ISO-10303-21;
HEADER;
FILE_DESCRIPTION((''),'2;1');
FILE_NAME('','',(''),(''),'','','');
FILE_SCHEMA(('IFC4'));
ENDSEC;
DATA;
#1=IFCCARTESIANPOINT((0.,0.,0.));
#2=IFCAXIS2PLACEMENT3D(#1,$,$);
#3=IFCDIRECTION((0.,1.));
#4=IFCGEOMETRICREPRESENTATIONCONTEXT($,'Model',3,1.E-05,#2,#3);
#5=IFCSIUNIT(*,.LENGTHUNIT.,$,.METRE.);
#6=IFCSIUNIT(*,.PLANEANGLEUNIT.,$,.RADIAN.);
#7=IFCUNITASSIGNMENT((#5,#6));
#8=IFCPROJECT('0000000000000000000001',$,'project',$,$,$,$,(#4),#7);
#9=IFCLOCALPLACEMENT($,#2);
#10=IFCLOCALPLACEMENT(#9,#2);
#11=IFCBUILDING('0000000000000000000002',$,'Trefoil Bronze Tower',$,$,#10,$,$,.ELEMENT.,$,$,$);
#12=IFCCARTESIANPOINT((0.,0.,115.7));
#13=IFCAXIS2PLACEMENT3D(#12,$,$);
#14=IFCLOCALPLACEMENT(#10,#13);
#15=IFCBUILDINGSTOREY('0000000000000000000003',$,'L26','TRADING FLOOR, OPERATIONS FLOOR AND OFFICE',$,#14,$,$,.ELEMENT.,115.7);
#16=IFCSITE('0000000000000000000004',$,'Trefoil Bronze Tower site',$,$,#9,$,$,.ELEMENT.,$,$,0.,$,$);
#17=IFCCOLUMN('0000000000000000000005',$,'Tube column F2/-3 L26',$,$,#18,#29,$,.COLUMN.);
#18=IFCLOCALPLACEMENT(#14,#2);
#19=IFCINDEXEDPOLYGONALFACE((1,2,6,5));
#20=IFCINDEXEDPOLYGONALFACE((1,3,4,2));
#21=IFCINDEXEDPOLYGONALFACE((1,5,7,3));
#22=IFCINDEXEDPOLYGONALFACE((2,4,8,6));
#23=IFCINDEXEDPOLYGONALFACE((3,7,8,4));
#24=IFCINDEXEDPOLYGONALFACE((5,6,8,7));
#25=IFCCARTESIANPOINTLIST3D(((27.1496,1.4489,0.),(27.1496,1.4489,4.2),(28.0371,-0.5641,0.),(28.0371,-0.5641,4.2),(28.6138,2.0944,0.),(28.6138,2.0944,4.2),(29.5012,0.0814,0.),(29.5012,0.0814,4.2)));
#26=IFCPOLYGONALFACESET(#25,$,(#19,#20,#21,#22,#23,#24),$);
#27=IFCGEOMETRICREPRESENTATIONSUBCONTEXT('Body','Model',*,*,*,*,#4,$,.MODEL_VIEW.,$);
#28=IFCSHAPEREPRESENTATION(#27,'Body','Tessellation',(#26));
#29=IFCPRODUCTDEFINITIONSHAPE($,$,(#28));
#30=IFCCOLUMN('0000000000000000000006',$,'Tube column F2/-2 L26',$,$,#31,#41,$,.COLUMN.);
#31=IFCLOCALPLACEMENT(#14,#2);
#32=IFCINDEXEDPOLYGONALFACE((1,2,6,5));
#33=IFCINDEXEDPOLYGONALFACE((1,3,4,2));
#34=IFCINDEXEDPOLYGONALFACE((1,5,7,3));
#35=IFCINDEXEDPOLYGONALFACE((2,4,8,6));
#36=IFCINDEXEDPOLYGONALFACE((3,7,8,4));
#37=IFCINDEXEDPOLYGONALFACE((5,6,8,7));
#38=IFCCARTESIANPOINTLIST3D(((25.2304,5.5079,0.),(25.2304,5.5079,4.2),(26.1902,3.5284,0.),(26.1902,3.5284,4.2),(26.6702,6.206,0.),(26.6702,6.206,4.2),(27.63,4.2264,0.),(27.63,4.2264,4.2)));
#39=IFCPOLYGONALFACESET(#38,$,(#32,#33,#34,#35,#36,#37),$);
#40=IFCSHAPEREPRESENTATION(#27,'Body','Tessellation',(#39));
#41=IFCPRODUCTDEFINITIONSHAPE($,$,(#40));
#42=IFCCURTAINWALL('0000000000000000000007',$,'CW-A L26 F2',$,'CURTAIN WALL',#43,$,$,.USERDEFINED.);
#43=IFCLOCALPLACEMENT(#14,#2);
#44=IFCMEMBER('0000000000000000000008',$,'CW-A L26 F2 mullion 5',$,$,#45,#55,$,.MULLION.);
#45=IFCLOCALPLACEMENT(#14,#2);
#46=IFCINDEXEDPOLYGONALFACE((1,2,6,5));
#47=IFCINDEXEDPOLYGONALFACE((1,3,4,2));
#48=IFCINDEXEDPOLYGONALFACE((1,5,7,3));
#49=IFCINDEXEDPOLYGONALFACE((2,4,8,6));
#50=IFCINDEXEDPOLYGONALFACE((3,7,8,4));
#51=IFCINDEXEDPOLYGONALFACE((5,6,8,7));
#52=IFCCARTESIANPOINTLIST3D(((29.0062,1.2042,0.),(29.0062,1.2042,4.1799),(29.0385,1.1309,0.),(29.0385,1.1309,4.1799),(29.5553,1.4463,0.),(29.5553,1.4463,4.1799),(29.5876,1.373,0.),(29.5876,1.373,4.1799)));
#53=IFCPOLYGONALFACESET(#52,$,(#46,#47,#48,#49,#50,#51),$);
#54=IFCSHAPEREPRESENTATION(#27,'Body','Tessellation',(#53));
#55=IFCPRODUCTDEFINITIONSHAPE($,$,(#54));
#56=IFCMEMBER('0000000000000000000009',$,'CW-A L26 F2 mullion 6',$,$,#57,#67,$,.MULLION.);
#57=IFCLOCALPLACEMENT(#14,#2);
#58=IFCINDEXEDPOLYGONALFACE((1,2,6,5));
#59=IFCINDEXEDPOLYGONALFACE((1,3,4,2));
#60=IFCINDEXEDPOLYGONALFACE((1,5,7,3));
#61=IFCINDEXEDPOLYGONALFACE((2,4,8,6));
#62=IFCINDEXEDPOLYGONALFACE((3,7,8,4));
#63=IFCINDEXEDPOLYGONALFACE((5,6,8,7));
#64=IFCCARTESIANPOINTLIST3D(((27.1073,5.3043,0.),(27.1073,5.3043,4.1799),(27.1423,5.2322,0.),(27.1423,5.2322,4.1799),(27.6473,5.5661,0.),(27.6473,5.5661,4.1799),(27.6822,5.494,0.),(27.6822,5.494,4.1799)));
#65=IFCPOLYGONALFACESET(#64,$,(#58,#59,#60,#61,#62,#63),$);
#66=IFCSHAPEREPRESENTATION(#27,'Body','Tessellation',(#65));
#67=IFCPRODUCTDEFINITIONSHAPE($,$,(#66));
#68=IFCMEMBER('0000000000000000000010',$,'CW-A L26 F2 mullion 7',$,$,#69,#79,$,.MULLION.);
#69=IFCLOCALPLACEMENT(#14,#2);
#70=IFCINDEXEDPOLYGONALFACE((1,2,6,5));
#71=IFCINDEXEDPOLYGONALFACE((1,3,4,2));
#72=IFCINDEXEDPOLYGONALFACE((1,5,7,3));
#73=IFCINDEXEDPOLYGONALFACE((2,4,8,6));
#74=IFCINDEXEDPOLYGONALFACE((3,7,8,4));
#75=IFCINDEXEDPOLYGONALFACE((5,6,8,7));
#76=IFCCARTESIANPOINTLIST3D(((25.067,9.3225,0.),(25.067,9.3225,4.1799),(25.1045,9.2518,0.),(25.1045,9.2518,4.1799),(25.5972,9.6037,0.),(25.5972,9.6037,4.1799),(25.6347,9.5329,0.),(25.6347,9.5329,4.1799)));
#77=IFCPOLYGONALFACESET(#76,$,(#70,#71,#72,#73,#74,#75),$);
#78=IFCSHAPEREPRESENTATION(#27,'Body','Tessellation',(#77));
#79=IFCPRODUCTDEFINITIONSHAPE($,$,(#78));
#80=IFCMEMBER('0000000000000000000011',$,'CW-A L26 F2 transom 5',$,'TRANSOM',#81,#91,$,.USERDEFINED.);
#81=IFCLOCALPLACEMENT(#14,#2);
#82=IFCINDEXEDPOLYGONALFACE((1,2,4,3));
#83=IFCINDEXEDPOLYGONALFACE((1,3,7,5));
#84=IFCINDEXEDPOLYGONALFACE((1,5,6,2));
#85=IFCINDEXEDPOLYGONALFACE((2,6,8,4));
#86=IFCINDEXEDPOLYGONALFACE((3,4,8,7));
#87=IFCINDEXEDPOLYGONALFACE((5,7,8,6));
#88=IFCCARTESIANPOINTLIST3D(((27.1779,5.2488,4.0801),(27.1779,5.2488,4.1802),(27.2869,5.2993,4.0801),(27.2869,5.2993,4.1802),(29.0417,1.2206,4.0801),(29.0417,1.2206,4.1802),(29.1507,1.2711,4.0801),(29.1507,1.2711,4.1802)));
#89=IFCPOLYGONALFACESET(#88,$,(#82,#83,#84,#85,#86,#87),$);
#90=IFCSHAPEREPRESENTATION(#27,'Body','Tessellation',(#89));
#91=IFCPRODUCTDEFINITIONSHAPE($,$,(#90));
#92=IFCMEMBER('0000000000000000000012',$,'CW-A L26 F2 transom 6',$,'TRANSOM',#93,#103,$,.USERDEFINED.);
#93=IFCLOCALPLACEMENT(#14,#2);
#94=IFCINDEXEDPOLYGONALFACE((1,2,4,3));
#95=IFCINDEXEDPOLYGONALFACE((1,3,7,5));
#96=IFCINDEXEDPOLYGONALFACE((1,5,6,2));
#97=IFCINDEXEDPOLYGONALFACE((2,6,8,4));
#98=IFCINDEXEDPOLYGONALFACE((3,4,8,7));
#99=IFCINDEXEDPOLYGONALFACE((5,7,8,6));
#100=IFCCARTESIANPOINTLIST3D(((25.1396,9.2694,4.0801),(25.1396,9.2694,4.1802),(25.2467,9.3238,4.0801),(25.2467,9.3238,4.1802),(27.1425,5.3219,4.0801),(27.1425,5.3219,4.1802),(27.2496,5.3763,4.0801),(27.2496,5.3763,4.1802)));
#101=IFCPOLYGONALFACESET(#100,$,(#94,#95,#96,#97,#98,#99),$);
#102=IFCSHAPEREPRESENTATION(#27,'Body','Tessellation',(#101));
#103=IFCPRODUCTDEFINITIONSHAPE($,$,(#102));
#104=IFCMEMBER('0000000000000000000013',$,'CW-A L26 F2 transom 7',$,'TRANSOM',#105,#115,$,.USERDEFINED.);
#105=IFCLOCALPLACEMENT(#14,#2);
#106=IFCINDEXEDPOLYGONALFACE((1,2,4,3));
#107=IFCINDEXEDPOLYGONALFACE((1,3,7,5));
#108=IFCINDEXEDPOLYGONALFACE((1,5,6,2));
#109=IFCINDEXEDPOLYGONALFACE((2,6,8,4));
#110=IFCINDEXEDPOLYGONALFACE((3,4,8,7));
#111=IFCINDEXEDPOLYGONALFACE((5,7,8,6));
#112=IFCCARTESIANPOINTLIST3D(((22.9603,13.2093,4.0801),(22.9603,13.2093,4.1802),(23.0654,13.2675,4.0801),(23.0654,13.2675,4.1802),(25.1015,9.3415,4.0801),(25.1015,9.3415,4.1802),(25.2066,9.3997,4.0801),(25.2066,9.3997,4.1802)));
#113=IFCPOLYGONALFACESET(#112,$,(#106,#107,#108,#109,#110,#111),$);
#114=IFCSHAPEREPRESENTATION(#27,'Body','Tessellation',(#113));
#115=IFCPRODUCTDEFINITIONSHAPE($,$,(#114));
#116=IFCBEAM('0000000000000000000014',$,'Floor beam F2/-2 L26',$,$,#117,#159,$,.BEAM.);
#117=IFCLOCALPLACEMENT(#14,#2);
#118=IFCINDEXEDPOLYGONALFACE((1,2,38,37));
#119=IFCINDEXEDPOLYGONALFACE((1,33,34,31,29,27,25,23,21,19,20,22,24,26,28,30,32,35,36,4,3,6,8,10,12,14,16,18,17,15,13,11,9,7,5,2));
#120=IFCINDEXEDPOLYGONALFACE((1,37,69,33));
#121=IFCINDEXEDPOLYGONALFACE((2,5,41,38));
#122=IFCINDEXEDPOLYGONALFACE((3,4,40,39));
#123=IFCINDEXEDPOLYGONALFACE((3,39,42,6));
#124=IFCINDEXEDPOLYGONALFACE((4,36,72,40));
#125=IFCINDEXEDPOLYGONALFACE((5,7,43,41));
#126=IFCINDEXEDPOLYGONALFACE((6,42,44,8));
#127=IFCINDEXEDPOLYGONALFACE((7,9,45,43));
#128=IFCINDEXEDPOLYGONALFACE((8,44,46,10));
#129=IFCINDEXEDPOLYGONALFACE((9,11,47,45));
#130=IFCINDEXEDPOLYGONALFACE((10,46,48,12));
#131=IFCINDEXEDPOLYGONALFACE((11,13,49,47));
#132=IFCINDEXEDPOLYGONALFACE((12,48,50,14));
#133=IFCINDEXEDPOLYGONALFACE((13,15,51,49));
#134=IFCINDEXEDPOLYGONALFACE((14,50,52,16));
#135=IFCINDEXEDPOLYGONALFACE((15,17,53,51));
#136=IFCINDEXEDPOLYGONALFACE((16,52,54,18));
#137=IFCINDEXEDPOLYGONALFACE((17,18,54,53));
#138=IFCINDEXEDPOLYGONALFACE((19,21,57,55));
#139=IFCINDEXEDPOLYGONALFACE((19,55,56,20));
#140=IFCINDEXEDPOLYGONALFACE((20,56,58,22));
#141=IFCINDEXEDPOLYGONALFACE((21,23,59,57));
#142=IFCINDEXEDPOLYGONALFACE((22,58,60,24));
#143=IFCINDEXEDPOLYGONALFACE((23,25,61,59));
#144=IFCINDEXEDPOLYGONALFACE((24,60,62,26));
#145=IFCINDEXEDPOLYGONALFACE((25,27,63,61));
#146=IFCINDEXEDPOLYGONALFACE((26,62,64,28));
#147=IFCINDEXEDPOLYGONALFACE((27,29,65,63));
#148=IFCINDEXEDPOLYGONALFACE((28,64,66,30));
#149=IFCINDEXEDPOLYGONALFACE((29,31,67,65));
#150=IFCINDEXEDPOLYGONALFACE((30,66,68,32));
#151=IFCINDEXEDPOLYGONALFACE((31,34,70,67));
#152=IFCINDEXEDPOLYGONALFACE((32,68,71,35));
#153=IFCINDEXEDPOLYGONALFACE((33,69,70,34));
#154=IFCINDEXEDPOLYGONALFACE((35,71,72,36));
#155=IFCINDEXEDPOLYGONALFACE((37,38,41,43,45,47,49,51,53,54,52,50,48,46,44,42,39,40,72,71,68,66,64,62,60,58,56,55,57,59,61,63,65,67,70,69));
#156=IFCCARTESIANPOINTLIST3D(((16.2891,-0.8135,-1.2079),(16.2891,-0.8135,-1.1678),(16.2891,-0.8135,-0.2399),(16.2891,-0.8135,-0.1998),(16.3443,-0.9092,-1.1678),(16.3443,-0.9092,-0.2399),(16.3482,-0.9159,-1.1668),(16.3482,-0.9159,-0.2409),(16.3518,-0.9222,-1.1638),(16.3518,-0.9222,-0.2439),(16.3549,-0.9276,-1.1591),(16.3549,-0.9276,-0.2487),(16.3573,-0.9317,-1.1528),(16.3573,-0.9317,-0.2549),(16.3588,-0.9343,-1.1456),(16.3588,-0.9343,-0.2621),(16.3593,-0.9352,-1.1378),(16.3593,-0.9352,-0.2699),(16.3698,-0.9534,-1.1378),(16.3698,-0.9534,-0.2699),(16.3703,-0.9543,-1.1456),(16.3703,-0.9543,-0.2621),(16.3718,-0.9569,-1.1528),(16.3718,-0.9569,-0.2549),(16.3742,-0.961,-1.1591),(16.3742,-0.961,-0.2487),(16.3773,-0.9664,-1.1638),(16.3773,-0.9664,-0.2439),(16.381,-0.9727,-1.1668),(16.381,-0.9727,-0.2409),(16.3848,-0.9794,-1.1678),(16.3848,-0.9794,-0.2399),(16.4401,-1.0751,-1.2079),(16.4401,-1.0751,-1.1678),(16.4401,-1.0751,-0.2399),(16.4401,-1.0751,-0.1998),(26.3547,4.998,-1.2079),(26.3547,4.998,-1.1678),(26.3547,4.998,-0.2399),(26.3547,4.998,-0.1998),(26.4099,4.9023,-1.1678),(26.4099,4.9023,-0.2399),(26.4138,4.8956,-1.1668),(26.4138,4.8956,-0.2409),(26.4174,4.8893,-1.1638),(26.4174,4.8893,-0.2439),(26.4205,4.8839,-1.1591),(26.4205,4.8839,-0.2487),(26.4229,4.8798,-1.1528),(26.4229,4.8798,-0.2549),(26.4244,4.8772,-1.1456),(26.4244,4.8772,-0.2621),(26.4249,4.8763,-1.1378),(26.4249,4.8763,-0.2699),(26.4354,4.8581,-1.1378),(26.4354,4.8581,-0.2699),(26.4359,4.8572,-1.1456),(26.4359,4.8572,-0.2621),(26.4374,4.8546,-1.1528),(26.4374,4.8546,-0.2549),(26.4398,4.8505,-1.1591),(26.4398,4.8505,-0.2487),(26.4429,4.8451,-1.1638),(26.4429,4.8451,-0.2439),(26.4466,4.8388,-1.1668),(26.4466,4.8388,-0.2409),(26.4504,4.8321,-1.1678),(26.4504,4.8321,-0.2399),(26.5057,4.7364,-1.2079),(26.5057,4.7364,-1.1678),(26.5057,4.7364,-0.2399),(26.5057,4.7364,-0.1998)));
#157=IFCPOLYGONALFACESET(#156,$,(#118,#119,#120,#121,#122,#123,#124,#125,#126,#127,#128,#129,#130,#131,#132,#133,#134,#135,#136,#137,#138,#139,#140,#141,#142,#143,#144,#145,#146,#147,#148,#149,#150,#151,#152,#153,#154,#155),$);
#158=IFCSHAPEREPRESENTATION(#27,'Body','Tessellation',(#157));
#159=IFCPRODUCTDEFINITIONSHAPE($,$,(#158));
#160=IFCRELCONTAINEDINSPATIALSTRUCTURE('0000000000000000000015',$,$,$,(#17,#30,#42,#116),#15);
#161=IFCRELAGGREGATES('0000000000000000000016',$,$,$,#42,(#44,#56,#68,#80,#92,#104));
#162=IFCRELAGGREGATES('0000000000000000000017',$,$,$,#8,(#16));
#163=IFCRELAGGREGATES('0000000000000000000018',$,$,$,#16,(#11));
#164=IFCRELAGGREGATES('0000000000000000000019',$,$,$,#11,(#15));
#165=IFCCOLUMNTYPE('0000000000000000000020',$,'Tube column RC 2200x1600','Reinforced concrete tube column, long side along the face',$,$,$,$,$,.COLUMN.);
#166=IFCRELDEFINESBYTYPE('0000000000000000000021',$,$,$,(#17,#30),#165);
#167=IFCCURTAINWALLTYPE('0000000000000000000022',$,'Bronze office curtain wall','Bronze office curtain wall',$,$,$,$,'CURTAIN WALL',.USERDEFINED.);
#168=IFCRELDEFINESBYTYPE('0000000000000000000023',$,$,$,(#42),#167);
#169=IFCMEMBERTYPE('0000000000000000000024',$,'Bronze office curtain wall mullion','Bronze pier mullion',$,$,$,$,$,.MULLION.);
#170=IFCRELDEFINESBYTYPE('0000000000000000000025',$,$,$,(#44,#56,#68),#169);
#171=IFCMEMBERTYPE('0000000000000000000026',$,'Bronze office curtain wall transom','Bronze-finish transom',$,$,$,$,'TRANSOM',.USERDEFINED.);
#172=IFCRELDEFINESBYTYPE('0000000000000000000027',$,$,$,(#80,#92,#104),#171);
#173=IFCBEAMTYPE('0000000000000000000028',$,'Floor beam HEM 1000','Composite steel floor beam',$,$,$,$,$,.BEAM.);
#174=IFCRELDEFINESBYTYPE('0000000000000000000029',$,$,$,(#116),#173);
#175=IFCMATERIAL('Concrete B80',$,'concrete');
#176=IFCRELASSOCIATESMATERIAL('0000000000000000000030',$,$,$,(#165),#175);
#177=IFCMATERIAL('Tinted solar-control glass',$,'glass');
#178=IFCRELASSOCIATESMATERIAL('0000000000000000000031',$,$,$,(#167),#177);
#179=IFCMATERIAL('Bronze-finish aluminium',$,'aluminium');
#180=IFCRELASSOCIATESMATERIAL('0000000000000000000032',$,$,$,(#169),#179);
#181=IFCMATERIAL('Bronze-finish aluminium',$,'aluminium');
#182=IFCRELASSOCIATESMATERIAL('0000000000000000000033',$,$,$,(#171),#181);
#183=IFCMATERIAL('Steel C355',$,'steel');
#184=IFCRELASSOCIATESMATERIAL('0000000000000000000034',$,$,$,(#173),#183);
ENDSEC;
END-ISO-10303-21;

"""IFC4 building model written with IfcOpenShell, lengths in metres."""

from ifc_helpers import new_model, si_unit, direction, frame, origin, origin_2d, place, context, subcontext, project, spatial, rectangle, i_section, extrude, material, material_profile, profile_set, type_object, element, aggregate, save


model = new_model("IFC4")

# Units and contexts
model_context = context("Model", 3, precision=1e-05, world=origin(), true_north=direction((0.0, 1.0)))
body_context = subcontext(model_context, "Body", "Model", "MODEL_VIEW")
ifc_project = project(units=[si_unit("LENGTHUNIT", "METRE"), si_unit("PLANEANGLEUNIT", "RADIAN")], contexts=[model_context])

# Site, building, storey
site_placement = place(None, origin())
site = spatial("IfcSite", under=ifc_project, at=site_placement, Name="Trefoil Bronze Tower site", CompositionType="ELEMENT", RefElevation=0.0)
building_placement = place(site_placement, origin())
building = spatial("IfcBuilding", under=site, at=building_placement, Name="Trefoil Bronze Tower", CompositionType="ELEMENT")
storey_placement = place(building_placement, frame((0.0, 0.0, 115.7)))
storey = spatial("IfcBuildingStorey", under=building, at=storey_placement, Name="L26", Description="TRADING FLOOR, OPERATIONS FLOOR AND OFFICE", CompositionType="ELEMENT", Elevation=115.7)

# Columns
ifc_material_1 = material(Name="Concrete B80", Category="concrete")
ifc_material_profile_1 = material_profile(ifc_material_1, rectangle(XDim=2.2, YDim=1.6001, at=origin_2d()), Name="RC 2200x1600")
ifc_profile_set_1 = profile_set([ifc_material_profile_1], Name="Concrete B80")
column_type = type_object("IfcColumnType", Name="Tube column RC 2200x1600", Description="Reinforced concrete tube column, long side along the face", PredefinedType="COLUMN", material=ifc_profile_set_1)
for number, where, z_axis, x_axis, name in (
    (1, (28.3254, 0.7651, 0.0), (0.0, 0.0, 1.0), (-0.403412, 0.915018, 0.0), "Tube column F2/-3 L26"),
    (2, (26.4302, 4.8672, 0.0), (0.0, 0.0, 1.0), (-0.436262, 0.89982, 0.0), "Tube column F2/-2 L26"),
):
    element("IfcColumn", number, at=place(storey_placement, frame(where, z_axis=z_axis, x_axis=x_axis)), inside=storey, type_object=column_type, Name=name, PredefinedType="COLUMN", context=body_context, shape_type="SweptSolid", body=[
        extrude(rectangle(XDim=2.2, YDim=1.6001, at=origin_2d()), origin(), (0.0, 0.0, 1.0), 4.2),
    ])

# Curtain wall, members
ifc_material_2 = material(Name="Tinted solar-control glass", Category="glass")
curtain_wall_type = type_object("IfcCurtainWallType", Name="Bronze office curtain wall", Description="Bronze office curtain wall", ElementType="CURTAIN WALL", PredefinedType="USERDEFINED", material=ifc_material_2)
curtain_wall_placement = place(storey_placement, origin())
curtain_wall = element("IfcCurtainWall", 3, at=curtain_wall_placement, inside=storey, type_object=curtain_wall_type, Name="CW-A L26 F2", ObjectType="CURTAIN WALL", PredefinedType="USERDEFINED")
ifc_material_3 = material(Name="Bronze-finish aluminium", Category="aluminium")
ifc_material_profile_2 = material_profile(ifc_material_3, rectangle(XDim=0.6001, YDim=0.0801, at=origin_2d()), Name="CW-A mullion")
ifc_profile_set_2 = profile_set([ifc_material_profile_2], Name="Bronze-finish aluminium")
member_type_1 = type_object("IfcMemberType", Name="Bronze office curtain wall mullion", Description="Bronze pier mullion", PredefinedType="MULLION", material=ifc_profile_set_2)
member_1_placement = place(storey_placement, frame((29.2969, 1.2886, 0.0), z_axis=(0.0, 0.0, 1.0), x_axis=(-0.915018, -0.403412, 0.0)))
member_1 = element("IfcMember", 4, at=member_1_placement, type_object=member_type_1, Name="CW-A L26 F2 mullion 5", PredefinedType="MULLION", context=body_context, shape_type="SweptSolid", body=[
    extrude(rectangle(XDim=0.6001, YDim=0.0801, at=origin_2d()), origin(), (0.0, 0.0, 1.0), 4.1799),
])
member_2_placement = place(storey_placement, frame((27.3948, 5.3992, 0.0), z_axis=(0.0, 0.0, 1.0), x_axis=(-0.89982, -0.436262, 0.0)))
member_2 = element("IfcMember", 5, at=member_2_placement, type_object=member_type_1, Name="CW-A L26 F2 mullion 6", PredefinedType="MULLION", context=body_context, shape_type="SweptSolid", body=[
    extrude(rectangle(XDim=0.6001, YDim=0.0801, at=origin_2d()), origin(), (0.0, 0.0, 1.0), 4.1799),
])
member_3_placement = place(storey_placement, frame((25.3508, 9.4277, 0.0), z_axis=(0.0, 0.0, 1.0), x_axis=(-0.883486, -0.468457, 0.0)))
member_3 = element("IfcMember", 6, at=member_3_placement, type_object=member_type_1, Name="CW-A L26 F2 mullion 7", PredefinedType="MULLION", context=body_context, shape_type="SweptSolid", body=[
    extrude(rectangle(XDim=0.6001, YDim=0.0801, at=origin_2d()), origin(), (0.0, 0.0, 1.0), 4.1799),
])
ifc_material_4 = material(Name="Bronze-finish aluminium", Category="aluminium")
ifc_material_profile_3 = material_profile(ifc_material_4, rectangle(XDim=0.1201, YDim=0.1001, at=origin_2d()), Name="CW-A transom")
ifc_profile_set_3 = profile_set([ifc_material_profile_3], Name="Bronze-finish aluminium")
member_type_2 = type_object("IfcMemberType", Name="Bronze office curtain wall transom", Description="Bronze-finish transom", ElementType="TRANSOM", PredefinedType="USERDEFINED", material=ifc_profile_set_3)
member_4_placement = place(storey_placement, frame((29.0962, 1.2458, 4.1301), z_axis=(-0.419923, 0.90756, 0.0), x_axis=(-0.90756, -0.419923, 0.0)))
member_4 = element("IfcMember", 7, at=member_4_placement, type_object=member_type_2, Name="CW-A L26 F2 transom 5", ObjectType="TRANSOM", PredefinedType="USERDEFINED", context=body_context, shape_type="SweptSolid", body=[
    extrude(rectangle(XDim=0.1201, YDim=0.1001, at=origin_2d()), origin(), (0.0, 0.0, 1.0), 4.4385),
])
member_5_placement = place(storey_placement, frame((27.196, 5.3491, 4.1301), z_axis=(-0.452478, 0.891775, 0.0), x_axis=(-0.891775, -0.452478, 0.0)))
member_5 = element("IfcMember", 8, at=member_5_placement, type_object=member_type_2, Name="CW-A L26 F2 transom 6", ObjectType="TRANSOM", PredefinedType="USERDEFINED", context=body_context, shape_type="SweptSolid", body=[
    extrude(rectangle(XDim=0.1201, YDim=0.1001, at=origin_2d()), origin(), (0.0, 0.0, 1.0), 4.4265),
])
member_6_placement = place(storey_placement, frame((25.1541, 9.3706, 4.1301), z_axis=(-0.484329, 0.874886, 0.0), x_axis=(-0.874886, -0.484329, 0.0)))
member_6 = element("IfcMember", 9, at=member_6_placement, type_object=member_type_2, Name="CW-A L26 F2 transom 7", ObjectType="TRANSOM", PredefinedType="USERDEFINED", context=body_context, shape_type="SweptSolid", body=[
    extrude(rectangle(XDim=0.1201, YDim=0.1001, at=origin_2d()), origin(), (0.0, 0.0, 1.0), 4.4209),
])

# Beam
ifc_material_5 = material(Name="Steel C355", Category="steel")
ifc_material_profile_4 = material_profile(ifc_material_5, i_section(OverallWidth=0.302, OverallDepth=1.0081, WebThickness=0.021, FlangeThickness=0.04, FilletRadius=0.03, at=origin_2d()), Name="HEM 1000")
ifc_profile_set_4 = profile_set([ifc_material_profile_4], Name="Steel C355")
beam_type_1 = type_object("IfcBeamType", Name="Floor beam HEM 1000", Description="Composite steel floor beam", PredefinedType="BEAM", material=ifc_profile_set_4)
beam_1_placement = place(storey_placement, frame((26.4302, 4.8672, -0.7039), z_axis=(-0.866022, -0.500007, 0.0), x_axis=(0.500007, -0.866022, 0.0)))
element("IfcBeam", 10, at=beam_1_placement, inside=storey, type_object=beam_type_1, Name="Floor beam F2/-2 L26", PredefinedType="BEAM", context=body_context, shape_type="SweptSolid", body=[
    extrude(i_section(OverallWidth=0.302, OverallDepth=1.0081, WebThickness=0.021, FlangeThickness=0.04, FilletRadius=0.03, at=origin_2d()), origin(), (0.0, 0.0, 1.0), 11.6228),
])

aggregate(curtain_wall, [member_1, member_2, member_3, member_4, member_5, member_6])

save(model, "model.ifc")
